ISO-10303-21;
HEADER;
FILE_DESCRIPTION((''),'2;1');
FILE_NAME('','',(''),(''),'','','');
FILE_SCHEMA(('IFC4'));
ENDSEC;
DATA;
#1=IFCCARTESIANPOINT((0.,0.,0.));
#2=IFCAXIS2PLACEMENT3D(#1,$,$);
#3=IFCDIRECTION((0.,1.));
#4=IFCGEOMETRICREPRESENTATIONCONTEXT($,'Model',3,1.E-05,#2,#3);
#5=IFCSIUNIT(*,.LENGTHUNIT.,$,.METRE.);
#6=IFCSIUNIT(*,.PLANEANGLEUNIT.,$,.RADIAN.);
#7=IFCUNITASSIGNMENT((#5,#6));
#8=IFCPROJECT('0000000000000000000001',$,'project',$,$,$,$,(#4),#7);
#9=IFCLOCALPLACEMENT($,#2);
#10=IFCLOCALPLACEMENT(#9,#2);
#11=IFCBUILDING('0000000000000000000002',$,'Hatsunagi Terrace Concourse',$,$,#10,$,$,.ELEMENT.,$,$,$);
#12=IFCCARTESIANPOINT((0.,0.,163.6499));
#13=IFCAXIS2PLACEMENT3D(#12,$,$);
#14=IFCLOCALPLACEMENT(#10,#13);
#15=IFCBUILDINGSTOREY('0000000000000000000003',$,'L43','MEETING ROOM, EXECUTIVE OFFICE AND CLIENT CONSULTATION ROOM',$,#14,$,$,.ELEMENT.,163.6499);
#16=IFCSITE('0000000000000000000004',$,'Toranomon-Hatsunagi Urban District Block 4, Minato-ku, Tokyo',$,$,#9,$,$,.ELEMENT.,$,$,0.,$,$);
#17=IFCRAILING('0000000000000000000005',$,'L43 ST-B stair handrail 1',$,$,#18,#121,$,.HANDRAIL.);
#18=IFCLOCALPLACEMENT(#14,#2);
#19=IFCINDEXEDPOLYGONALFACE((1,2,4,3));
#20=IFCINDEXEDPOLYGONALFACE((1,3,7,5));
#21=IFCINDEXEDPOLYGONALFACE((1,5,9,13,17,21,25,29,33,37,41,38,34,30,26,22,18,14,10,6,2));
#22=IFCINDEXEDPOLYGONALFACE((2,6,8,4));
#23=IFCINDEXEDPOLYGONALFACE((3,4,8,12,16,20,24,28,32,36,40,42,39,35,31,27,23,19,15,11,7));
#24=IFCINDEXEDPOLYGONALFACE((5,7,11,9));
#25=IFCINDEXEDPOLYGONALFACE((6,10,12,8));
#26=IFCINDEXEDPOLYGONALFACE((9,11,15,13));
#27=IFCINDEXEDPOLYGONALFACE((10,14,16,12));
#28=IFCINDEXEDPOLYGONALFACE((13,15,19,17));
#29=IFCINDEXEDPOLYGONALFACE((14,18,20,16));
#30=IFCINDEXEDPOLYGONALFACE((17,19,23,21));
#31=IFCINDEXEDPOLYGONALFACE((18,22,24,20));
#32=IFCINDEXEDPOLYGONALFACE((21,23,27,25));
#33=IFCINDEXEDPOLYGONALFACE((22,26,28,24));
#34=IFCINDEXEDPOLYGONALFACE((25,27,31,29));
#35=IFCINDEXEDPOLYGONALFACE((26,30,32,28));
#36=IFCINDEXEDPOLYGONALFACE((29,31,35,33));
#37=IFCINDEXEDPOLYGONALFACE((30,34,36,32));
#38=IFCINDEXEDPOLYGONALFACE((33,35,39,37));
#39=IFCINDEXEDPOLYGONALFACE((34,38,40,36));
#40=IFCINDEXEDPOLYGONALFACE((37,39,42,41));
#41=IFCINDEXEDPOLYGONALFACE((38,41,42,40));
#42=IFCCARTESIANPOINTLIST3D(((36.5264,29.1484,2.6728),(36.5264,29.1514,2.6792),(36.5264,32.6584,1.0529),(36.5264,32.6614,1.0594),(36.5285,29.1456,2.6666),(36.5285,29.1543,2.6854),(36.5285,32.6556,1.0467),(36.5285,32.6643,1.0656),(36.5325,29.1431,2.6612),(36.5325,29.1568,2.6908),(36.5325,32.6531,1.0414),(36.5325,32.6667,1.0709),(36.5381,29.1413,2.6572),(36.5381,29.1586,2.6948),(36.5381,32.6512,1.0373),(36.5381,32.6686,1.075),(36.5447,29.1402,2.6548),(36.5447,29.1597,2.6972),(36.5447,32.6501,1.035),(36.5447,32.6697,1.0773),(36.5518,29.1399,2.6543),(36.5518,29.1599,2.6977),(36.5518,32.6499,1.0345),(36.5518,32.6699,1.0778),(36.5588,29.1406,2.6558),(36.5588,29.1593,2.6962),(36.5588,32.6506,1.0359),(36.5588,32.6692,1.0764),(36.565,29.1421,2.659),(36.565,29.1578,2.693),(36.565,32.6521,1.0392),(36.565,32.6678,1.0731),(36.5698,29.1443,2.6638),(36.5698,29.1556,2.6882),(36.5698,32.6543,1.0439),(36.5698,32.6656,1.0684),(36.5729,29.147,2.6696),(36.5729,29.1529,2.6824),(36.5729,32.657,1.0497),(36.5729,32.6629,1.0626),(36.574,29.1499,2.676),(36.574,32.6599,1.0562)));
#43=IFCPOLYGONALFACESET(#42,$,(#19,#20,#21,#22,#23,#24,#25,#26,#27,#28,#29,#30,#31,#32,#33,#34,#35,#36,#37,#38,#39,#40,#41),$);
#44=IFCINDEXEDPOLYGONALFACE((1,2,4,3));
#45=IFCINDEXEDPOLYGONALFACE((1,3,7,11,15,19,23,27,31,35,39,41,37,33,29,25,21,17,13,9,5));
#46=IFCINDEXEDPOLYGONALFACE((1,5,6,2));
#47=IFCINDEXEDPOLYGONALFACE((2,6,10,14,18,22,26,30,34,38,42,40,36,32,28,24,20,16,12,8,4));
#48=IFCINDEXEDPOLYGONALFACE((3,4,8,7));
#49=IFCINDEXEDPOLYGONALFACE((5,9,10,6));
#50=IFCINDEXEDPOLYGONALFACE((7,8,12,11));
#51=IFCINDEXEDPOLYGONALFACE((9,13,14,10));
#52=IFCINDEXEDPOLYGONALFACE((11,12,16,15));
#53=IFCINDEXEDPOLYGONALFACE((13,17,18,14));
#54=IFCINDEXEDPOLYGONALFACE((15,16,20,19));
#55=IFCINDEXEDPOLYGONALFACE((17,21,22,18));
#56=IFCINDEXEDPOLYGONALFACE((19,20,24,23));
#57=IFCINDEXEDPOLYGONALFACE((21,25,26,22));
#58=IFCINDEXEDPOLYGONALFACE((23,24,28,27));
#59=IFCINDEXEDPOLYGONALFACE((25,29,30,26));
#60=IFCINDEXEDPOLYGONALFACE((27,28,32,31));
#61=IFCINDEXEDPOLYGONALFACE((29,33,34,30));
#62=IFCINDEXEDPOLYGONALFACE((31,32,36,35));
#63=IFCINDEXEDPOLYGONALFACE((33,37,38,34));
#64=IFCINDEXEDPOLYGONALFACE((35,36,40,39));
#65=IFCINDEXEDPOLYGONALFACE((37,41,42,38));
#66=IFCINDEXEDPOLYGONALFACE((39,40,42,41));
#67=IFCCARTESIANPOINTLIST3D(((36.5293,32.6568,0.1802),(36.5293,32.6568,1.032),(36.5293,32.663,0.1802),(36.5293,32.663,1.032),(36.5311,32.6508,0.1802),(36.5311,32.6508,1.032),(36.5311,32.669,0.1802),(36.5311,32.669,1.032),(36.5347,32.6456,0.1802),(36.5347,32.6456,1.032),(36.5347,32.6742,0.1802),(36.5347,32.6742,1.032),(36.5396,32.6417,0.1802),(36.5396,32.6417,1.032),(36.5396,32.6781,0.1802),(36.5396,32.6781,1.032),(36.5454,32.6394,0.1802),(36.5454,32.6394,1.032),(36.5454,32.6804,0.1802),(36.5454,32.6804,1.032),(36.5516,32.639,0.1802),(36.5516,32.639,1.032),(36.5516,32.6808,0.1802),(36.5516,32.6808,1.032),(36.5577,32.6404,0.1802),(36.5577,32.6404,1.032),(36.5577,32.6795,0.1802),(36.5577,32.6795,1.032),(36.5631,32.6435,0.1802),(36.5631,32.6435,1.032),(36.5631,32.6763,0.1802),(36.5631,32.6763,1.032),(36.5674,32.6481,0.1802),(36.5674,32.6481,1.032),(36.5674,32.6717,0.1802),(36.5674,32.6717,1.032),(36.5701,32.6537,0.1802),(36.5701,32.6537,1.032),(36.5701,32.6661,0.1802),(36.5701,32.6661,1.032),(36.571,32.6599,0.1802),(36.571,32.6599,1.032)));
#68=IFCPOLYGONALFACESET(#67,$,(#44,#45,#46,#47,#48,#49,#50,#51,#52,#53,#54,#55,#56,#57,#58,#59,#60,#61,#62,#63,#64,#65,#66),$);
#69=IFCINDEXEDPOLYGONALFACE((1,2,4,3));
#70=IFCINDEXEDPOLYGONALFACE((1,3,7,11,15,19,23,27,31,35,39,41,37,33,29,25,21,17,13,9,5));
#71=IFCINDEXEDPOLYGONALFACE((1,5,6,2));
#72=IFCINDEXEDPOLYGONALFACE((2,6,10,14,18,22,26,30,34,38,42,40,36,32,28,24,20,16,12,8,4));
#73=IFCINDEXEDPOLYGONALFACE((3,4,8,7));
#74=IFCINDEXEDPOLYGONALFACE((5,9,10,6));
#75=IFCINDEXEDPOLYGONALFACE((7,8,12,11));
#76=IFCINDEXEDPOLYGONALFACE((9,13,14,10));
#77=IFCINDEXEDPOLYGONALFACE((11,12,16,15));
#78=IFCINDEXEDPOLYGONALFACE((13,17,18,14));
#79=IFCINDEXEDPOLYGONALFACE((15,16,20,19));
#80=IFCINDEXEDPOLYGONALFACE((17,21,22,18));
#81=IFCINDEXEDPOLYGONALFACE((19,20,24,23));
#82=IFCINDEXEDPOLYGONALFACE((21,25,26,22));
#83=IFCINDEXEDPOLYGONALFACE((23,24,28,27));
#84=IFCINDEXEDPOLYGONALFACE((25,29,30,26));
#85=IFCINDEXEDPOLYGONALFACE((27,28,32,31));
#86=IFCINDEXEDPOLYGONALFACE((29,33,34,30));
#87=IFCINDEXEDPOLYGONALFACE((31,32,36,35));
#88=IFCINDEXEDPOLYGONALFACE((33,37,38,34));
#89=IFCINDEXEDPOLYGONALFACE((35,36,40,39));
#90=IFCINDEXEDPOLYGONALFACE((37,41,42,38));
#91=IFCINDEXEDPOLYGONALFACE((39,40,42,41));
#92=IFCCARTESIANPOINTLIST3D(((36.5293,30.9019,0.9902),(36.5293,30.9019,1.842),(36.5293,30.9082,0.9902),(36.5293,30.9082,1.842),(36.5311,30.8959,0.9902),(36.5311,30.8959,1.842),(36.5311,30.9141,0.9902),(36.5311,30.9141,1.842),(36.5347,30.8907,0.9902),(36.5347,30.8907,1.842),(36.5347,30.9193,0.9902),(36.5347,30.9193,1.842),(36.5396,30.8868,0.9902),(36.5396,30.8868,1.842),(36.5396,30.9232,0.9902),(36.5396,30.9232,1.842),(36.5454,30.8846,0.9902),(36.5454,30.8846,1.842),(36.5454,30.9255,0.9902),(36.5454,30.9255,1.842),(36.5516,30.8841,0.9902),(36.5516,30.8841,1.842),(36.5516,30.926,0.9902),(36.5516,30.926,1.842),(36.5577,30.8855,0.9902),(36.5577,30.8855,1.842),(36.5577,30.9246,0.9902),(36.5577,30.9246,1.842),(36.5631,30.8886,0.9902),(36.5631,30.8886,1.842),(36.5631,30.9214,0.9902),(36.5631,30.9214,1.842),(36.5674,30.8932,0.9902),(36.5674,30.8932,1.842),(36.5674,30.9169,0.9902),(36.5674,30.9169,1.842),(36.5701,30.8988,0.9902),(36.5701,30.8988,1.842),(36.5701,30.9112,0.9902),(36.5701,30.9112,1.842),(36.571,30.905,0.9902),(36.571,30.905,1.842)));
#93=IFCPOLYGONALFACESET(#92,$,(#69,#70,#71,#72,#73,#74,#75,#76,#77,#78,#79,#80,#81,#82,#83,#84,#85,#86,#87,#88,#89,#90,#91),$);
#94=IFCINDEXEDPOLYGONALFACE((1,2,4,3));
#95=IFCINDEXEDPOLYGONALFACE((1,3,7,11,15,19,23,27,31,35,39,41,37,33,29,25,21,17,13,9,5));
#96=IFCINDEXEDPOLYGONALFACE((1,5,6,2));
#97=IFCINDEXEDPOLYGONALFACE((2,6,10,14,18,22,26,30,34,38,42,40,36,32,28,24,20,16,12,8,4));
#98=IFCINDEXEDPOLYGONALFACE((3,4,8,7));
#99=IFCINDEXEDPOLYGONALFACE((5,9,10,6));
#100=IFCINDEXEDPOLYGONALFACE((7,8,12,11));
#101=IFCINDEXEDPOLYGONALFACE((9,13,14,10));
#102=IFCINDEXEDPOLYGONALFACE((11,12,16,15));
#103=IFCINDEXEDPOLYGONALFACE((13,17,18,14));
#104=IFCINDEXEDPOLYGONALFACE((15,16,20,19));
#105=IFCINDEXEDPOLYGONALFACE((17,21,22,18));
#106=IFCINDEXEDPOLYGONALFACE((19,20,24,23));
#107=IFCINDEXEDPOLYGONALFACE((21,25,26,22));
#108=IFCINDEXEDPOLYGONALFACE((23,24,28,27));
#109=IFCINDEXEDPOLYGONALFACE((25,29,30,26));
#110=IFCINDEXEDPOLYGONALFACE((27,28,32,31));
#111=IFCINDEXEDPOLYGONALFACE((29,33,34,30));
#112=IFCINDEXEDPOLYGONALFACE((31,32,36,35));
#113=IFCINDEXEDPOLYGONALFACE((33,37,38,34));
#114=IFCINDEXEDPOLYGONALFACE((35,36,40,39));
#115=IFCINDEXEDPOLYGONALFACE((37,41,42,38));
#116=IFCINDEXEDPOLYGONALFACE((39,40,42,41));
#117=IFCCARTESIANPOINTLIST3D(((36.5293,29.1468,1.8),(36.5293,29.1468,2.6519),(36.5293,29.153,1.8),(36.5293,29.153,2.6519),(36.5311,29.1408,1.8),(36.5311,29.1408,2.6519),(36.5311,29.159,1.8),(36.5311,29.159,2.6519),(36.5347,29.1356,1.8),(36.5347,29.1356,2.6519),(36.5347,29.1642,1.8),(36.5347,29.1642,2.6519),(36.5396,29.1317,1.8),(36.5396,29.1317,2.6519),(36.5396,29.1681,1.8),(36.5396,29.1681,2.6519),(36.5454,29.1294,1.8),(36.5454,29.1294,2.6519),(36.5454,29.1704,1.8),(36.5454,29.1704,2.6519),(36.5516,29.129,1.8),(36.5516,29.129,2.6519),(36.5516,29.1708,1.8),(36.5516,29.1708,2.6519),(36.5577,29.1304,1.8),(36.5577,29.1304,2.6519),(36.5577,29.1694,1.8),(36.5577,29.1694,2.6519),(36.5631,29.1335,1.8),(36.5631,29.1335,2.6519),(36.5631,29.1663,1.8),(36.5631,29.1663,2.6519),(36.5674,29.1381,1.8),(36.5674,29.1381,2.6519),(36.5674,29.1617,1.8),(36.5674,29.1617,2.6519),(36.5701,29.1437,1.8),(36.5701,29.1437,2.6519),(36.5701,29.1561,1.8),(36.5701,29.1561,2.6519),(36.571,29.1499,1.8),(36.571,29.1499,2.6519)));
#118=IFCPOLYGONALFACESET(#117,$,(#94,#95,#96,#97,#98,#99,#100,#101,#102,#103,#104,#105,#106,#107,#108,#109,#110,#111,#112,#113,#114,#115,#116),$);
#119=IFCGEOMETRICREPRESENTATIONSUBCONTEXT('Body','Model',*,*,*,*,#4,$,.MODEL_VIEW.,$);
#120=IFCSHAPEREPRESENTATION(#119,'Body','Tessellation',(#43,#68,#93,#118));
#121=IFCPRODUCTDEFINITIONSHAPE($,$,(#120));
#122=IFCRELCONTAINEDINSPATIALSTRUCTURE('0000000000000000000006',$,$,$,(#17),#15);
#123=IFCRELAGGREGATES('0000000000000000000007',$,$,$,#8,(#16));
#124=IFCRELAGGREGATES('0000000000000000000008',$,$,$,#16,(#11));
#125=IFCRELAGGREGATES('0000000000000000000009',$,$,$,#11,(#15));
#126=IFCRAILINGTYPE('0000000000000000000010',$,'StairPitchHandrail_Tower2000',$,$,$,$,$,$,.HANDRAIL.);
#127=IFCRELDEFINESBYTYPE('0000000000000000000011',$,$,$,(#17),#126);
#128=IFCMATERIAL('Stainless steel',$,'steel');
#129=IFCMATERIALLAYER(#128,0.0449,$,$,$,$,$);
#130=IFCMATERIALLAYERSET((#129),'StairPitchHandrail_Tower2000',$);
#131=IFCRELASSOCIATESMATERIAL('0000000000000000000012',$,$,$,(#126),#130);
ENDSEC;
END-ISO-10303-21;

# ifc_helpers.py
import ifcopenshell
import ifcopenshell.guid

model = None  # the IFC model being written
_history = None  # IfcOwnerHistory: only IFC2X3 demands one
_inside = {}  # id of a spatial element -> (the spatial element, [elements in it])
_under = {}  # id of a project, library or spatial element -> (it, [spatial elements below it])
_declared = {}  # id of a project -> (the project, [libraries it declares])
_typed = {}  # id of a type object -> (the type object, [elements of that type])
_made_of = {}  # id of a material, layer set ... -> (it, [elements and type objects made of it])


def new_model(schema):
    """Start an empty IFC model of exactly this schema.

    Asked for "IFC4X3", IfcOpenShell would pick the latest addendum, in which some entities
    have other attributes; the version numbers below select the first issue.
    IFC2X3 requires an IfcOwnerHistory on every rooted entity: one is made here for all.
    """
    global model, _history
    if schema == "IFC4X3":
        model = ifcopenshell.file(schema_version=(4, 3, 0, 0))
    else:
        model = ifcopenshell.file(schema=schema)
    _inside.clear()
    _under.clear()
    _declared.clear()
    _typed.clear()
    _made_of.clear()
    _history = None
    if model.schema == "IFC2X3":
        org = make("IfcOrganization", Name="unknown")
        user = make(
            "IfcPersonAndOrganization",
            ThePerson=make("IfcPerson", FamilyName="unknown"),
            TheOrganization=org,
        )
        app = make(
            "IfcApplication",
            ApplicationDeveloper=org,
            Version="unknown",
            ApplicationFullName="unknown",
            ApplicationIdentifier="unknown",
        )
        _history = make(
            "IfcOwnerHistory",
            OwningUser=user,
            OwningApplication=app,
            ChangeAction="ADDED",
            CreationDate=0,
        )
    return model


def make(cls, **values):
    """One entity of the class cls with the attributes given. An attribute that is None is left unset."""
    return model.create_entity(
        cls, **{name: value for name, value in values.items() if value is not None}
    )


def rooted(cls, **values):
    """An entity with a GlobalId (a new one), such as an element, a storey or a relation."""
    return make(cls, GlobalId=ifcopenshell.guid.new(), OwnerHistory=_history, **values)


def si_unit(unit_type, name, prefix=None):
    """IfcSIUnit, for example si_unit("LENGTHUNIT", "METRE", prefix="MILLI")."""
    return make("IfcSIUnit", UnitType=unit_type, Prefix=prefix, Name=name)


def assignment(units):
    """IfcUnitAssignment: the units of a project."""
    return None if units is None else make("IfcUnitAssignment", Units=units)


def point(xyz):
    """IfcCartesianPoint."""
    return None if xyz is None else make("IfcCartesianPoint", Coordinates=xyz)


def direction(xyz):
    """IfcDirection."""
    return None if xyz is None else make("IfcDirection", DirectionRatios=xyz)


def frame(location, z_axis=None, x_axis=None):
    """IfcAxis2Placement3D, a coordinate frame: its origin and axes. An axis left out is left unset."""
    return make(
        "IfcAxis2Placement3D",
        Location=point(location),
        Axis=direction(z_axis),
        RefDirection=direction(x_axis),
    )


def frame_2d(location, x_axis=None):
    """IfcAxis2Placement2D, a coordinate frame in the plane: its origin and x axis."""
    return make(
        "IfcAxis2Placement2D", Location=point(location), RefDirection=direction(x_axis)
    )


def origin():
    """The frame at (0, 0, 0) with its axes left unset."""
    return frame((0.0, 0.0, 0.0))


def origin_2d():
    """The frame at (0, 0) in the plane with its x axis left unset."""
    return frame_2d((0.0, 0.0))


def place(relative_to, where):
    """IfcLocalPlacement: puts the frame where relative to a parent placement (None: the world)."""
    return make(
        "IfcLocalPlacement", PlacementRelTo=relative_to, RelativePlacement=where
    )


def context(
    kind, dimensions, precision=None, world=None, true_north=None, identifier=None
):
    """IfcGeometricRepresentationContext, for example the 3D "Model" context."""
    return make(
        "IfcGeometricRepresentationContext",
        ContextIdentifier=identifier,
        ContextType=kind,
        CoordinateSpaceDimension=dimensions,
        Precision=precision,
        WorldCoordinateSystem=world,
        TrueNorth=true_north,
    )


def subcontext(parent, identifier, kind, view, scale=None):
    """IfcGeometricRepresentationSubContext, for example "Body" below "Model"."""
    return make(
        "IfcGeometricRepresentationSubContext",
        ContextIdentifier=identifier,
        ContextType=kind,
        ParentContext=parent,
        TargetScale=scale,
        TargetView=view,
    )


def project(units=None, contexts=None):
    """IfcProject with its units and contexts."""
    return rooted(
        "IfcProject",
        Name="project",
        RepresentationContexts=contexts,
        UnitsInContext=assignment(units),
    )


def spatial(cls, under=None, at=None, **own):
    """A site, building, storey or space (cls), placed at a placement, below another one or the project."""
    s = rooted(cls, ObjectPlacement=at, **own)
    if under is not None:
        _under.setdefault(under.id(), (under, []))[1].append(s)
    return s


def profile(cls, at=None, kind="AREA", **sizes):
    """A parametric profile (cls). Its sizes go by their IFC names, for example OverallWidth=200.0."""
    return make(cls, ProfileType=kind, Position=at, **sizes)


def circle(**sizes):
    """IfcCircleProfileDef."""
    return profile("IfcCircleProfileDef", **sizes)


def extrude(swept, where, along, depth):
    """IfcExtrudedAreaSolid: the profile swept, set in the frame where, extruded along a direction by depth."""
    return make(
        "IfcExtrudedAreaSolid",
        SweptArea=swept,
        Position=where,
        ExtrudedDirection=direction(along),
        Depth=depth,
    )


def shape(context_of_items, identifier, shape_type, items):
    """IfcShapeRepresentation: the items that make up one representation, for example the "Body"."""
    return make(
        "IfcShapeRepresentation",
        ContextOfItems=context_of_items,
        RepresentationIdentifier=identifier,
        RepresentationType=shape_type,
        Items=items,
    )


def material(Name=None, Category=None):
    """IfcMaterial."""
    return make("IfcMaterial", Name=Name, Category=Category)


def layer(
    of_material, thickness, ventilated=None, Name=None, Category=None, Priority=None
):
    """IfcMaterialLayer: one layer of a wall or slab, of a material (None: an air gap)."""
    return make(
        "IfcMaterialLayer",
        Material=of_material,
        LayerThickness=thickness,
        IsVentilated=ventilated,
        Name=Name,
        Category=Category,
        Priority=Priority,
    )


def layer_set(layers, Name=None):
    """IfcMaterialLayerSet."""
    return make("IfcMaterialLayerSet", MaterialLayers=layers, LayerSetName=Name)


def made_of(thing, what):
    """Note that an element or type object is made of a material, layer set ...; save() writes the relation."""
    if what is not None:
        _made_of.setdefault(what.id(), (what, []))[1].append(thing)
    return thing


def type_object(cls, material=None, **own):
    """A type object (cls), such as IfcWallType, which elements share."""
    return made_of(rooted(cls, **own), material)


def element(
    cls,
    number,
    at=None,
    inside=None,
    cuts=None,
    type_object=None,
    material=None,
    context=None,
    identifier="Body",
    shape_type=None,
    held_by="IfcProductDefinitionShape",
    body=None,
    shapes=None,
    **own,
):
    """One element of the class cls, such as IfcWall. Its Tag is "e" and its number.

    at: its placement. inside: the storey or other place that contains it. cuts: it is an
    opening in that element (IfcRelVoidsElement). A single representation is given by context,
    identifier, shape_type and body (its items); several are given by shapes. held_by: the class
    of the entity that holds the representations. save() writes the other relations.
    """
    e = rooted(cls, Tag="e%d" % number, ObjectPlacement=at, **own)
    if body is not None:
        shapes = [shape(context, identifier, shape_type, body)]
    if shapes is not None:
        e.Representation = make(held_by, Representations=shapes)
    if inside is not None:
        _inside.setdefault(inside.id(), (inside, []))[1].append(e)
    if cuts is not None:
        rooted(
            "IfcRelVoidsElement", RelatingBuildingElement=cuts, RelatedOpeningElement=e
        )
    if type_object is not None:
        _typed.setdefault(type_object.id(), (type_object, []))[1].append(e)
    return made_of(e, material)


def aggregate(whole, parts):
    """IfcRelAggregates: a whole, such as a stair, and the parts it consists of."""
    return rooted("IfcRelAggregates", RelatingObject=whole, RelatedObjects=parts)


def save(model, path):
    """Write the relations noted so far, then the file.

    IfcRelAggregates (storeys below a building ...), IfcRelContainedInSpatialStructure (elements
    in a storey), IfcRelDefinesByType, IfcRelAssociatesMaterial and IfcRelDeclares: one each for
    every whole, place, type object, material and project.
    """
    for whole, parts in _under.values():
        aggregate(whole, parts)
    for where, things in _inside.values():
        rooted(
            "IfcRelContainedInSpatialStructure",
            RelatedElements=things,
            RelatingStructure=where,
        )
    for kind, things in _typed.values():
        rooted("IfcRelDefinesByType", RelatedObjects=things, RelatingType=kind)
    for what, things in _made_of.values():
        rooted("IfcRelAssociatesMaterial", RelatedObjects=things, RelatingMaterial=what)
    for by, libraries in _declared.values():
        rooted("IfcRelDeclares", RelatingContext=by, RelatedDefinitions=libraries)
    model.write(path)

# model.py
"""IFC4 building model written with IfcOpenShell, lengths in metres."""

from ifc_helpers import new_model, si_unit, direction, frame, origin, origin_2d, place, context, subcontext, project, spatial, circle, extrude, material, layer, layer_set, type_object, element, save


model = new_model("IFC4")

# Units and contexts
model_context = context("Model", 3, precision=1e-05, world=origin(), true_north=direction((0.0, 1.0)))
body_context = subcontext(model_context, "Body", "Model", "MODEL_VIEW")
ifc_project = project(units=[si_unit("LENGTHUNIT", "METRE"), si_unit("PLANEANGLEUNIT", "RADIAN")], contexts=[model_context])

# Site, building, storey
site_placement = place(None, origin())
site = spatial("IfcSite", under=ifc_project, at=site_placement, Name="Toranomon-Hatsunagi Urban District Block 4, Minato-ku, Tokyo", CompositionType="ELEMENT", RefElevation=0.0)
building_placement = place(site_placement, origin())
building = spatial("IfcBuilding", under=site, at=building_placement, Name="Hatsunagi Terrace Concourse", CompositionType="ELEMENT")
storey_placement = place(building_placement, frame((0.0, 0.0, 163.6499)))
storey = spatial("IfcBuildingStorey", under=building, at=storey_placement, Name="L43", Description="MEETING ROOM, EXECUTIVE OFFICE AND CLIENT CONSULTATION ROOM", CompositionType="ELEMENT", Elevation=163.6499)

# Railing
ifc_material_1 = material(Name="Stainless steel", Category="steel")
ifc_layer_1 = layer(ifc_material_1, 0.0449)
ifc_layer_set_1 = layer_set([ifc_layer_1], Name="StairPitchHandrail_Tower2000")
railing_type_1 = type_object("IfcRailingType", Name="StairPitchHandrail_Tower2000", PredefinedType="HANDRAIL", material=ifc_layer_set_1)
railing_1_placement = place(storey_placement, frame((36.55, 32.6599, 0.1802)))
element("IfcRailing", 1, at=railing_1_placement, inside=storey, type_object=railing_type_1, Name="L43 ST-B stair handrail 1", PredefinedType="HANDRAIL", context=body_context, shape_type="SweptSolid", body=[
    extrude(circle(Radius=0.0239, at=origin_2d()), frame((0.0, 0.0, 0.876), z_axis=(0.0, -0.907972, 0.41903), x_axis=(1.0, 0.0, 0.0)), (0.0, 0.0, 1.0), 3.8657),
    extrude(circle(Radius=0.021, at=origin_2d()), origin(), (0.0, 0.0, 1.0), 0.8518),
    extrude(circle(Radius=0.021, at=origin_2d()), frame((0.0, -1.7549, 0.8101)), (0.0, 0.0, 1.0), 0.8518),
    extrude(circle(Radius=0.021, at=origin_2d()), frame((0.0, -3.51, 1.6199)), (0.0, 0.0, 1.0), 0.8518),
])

save(model, "model.ifc")
